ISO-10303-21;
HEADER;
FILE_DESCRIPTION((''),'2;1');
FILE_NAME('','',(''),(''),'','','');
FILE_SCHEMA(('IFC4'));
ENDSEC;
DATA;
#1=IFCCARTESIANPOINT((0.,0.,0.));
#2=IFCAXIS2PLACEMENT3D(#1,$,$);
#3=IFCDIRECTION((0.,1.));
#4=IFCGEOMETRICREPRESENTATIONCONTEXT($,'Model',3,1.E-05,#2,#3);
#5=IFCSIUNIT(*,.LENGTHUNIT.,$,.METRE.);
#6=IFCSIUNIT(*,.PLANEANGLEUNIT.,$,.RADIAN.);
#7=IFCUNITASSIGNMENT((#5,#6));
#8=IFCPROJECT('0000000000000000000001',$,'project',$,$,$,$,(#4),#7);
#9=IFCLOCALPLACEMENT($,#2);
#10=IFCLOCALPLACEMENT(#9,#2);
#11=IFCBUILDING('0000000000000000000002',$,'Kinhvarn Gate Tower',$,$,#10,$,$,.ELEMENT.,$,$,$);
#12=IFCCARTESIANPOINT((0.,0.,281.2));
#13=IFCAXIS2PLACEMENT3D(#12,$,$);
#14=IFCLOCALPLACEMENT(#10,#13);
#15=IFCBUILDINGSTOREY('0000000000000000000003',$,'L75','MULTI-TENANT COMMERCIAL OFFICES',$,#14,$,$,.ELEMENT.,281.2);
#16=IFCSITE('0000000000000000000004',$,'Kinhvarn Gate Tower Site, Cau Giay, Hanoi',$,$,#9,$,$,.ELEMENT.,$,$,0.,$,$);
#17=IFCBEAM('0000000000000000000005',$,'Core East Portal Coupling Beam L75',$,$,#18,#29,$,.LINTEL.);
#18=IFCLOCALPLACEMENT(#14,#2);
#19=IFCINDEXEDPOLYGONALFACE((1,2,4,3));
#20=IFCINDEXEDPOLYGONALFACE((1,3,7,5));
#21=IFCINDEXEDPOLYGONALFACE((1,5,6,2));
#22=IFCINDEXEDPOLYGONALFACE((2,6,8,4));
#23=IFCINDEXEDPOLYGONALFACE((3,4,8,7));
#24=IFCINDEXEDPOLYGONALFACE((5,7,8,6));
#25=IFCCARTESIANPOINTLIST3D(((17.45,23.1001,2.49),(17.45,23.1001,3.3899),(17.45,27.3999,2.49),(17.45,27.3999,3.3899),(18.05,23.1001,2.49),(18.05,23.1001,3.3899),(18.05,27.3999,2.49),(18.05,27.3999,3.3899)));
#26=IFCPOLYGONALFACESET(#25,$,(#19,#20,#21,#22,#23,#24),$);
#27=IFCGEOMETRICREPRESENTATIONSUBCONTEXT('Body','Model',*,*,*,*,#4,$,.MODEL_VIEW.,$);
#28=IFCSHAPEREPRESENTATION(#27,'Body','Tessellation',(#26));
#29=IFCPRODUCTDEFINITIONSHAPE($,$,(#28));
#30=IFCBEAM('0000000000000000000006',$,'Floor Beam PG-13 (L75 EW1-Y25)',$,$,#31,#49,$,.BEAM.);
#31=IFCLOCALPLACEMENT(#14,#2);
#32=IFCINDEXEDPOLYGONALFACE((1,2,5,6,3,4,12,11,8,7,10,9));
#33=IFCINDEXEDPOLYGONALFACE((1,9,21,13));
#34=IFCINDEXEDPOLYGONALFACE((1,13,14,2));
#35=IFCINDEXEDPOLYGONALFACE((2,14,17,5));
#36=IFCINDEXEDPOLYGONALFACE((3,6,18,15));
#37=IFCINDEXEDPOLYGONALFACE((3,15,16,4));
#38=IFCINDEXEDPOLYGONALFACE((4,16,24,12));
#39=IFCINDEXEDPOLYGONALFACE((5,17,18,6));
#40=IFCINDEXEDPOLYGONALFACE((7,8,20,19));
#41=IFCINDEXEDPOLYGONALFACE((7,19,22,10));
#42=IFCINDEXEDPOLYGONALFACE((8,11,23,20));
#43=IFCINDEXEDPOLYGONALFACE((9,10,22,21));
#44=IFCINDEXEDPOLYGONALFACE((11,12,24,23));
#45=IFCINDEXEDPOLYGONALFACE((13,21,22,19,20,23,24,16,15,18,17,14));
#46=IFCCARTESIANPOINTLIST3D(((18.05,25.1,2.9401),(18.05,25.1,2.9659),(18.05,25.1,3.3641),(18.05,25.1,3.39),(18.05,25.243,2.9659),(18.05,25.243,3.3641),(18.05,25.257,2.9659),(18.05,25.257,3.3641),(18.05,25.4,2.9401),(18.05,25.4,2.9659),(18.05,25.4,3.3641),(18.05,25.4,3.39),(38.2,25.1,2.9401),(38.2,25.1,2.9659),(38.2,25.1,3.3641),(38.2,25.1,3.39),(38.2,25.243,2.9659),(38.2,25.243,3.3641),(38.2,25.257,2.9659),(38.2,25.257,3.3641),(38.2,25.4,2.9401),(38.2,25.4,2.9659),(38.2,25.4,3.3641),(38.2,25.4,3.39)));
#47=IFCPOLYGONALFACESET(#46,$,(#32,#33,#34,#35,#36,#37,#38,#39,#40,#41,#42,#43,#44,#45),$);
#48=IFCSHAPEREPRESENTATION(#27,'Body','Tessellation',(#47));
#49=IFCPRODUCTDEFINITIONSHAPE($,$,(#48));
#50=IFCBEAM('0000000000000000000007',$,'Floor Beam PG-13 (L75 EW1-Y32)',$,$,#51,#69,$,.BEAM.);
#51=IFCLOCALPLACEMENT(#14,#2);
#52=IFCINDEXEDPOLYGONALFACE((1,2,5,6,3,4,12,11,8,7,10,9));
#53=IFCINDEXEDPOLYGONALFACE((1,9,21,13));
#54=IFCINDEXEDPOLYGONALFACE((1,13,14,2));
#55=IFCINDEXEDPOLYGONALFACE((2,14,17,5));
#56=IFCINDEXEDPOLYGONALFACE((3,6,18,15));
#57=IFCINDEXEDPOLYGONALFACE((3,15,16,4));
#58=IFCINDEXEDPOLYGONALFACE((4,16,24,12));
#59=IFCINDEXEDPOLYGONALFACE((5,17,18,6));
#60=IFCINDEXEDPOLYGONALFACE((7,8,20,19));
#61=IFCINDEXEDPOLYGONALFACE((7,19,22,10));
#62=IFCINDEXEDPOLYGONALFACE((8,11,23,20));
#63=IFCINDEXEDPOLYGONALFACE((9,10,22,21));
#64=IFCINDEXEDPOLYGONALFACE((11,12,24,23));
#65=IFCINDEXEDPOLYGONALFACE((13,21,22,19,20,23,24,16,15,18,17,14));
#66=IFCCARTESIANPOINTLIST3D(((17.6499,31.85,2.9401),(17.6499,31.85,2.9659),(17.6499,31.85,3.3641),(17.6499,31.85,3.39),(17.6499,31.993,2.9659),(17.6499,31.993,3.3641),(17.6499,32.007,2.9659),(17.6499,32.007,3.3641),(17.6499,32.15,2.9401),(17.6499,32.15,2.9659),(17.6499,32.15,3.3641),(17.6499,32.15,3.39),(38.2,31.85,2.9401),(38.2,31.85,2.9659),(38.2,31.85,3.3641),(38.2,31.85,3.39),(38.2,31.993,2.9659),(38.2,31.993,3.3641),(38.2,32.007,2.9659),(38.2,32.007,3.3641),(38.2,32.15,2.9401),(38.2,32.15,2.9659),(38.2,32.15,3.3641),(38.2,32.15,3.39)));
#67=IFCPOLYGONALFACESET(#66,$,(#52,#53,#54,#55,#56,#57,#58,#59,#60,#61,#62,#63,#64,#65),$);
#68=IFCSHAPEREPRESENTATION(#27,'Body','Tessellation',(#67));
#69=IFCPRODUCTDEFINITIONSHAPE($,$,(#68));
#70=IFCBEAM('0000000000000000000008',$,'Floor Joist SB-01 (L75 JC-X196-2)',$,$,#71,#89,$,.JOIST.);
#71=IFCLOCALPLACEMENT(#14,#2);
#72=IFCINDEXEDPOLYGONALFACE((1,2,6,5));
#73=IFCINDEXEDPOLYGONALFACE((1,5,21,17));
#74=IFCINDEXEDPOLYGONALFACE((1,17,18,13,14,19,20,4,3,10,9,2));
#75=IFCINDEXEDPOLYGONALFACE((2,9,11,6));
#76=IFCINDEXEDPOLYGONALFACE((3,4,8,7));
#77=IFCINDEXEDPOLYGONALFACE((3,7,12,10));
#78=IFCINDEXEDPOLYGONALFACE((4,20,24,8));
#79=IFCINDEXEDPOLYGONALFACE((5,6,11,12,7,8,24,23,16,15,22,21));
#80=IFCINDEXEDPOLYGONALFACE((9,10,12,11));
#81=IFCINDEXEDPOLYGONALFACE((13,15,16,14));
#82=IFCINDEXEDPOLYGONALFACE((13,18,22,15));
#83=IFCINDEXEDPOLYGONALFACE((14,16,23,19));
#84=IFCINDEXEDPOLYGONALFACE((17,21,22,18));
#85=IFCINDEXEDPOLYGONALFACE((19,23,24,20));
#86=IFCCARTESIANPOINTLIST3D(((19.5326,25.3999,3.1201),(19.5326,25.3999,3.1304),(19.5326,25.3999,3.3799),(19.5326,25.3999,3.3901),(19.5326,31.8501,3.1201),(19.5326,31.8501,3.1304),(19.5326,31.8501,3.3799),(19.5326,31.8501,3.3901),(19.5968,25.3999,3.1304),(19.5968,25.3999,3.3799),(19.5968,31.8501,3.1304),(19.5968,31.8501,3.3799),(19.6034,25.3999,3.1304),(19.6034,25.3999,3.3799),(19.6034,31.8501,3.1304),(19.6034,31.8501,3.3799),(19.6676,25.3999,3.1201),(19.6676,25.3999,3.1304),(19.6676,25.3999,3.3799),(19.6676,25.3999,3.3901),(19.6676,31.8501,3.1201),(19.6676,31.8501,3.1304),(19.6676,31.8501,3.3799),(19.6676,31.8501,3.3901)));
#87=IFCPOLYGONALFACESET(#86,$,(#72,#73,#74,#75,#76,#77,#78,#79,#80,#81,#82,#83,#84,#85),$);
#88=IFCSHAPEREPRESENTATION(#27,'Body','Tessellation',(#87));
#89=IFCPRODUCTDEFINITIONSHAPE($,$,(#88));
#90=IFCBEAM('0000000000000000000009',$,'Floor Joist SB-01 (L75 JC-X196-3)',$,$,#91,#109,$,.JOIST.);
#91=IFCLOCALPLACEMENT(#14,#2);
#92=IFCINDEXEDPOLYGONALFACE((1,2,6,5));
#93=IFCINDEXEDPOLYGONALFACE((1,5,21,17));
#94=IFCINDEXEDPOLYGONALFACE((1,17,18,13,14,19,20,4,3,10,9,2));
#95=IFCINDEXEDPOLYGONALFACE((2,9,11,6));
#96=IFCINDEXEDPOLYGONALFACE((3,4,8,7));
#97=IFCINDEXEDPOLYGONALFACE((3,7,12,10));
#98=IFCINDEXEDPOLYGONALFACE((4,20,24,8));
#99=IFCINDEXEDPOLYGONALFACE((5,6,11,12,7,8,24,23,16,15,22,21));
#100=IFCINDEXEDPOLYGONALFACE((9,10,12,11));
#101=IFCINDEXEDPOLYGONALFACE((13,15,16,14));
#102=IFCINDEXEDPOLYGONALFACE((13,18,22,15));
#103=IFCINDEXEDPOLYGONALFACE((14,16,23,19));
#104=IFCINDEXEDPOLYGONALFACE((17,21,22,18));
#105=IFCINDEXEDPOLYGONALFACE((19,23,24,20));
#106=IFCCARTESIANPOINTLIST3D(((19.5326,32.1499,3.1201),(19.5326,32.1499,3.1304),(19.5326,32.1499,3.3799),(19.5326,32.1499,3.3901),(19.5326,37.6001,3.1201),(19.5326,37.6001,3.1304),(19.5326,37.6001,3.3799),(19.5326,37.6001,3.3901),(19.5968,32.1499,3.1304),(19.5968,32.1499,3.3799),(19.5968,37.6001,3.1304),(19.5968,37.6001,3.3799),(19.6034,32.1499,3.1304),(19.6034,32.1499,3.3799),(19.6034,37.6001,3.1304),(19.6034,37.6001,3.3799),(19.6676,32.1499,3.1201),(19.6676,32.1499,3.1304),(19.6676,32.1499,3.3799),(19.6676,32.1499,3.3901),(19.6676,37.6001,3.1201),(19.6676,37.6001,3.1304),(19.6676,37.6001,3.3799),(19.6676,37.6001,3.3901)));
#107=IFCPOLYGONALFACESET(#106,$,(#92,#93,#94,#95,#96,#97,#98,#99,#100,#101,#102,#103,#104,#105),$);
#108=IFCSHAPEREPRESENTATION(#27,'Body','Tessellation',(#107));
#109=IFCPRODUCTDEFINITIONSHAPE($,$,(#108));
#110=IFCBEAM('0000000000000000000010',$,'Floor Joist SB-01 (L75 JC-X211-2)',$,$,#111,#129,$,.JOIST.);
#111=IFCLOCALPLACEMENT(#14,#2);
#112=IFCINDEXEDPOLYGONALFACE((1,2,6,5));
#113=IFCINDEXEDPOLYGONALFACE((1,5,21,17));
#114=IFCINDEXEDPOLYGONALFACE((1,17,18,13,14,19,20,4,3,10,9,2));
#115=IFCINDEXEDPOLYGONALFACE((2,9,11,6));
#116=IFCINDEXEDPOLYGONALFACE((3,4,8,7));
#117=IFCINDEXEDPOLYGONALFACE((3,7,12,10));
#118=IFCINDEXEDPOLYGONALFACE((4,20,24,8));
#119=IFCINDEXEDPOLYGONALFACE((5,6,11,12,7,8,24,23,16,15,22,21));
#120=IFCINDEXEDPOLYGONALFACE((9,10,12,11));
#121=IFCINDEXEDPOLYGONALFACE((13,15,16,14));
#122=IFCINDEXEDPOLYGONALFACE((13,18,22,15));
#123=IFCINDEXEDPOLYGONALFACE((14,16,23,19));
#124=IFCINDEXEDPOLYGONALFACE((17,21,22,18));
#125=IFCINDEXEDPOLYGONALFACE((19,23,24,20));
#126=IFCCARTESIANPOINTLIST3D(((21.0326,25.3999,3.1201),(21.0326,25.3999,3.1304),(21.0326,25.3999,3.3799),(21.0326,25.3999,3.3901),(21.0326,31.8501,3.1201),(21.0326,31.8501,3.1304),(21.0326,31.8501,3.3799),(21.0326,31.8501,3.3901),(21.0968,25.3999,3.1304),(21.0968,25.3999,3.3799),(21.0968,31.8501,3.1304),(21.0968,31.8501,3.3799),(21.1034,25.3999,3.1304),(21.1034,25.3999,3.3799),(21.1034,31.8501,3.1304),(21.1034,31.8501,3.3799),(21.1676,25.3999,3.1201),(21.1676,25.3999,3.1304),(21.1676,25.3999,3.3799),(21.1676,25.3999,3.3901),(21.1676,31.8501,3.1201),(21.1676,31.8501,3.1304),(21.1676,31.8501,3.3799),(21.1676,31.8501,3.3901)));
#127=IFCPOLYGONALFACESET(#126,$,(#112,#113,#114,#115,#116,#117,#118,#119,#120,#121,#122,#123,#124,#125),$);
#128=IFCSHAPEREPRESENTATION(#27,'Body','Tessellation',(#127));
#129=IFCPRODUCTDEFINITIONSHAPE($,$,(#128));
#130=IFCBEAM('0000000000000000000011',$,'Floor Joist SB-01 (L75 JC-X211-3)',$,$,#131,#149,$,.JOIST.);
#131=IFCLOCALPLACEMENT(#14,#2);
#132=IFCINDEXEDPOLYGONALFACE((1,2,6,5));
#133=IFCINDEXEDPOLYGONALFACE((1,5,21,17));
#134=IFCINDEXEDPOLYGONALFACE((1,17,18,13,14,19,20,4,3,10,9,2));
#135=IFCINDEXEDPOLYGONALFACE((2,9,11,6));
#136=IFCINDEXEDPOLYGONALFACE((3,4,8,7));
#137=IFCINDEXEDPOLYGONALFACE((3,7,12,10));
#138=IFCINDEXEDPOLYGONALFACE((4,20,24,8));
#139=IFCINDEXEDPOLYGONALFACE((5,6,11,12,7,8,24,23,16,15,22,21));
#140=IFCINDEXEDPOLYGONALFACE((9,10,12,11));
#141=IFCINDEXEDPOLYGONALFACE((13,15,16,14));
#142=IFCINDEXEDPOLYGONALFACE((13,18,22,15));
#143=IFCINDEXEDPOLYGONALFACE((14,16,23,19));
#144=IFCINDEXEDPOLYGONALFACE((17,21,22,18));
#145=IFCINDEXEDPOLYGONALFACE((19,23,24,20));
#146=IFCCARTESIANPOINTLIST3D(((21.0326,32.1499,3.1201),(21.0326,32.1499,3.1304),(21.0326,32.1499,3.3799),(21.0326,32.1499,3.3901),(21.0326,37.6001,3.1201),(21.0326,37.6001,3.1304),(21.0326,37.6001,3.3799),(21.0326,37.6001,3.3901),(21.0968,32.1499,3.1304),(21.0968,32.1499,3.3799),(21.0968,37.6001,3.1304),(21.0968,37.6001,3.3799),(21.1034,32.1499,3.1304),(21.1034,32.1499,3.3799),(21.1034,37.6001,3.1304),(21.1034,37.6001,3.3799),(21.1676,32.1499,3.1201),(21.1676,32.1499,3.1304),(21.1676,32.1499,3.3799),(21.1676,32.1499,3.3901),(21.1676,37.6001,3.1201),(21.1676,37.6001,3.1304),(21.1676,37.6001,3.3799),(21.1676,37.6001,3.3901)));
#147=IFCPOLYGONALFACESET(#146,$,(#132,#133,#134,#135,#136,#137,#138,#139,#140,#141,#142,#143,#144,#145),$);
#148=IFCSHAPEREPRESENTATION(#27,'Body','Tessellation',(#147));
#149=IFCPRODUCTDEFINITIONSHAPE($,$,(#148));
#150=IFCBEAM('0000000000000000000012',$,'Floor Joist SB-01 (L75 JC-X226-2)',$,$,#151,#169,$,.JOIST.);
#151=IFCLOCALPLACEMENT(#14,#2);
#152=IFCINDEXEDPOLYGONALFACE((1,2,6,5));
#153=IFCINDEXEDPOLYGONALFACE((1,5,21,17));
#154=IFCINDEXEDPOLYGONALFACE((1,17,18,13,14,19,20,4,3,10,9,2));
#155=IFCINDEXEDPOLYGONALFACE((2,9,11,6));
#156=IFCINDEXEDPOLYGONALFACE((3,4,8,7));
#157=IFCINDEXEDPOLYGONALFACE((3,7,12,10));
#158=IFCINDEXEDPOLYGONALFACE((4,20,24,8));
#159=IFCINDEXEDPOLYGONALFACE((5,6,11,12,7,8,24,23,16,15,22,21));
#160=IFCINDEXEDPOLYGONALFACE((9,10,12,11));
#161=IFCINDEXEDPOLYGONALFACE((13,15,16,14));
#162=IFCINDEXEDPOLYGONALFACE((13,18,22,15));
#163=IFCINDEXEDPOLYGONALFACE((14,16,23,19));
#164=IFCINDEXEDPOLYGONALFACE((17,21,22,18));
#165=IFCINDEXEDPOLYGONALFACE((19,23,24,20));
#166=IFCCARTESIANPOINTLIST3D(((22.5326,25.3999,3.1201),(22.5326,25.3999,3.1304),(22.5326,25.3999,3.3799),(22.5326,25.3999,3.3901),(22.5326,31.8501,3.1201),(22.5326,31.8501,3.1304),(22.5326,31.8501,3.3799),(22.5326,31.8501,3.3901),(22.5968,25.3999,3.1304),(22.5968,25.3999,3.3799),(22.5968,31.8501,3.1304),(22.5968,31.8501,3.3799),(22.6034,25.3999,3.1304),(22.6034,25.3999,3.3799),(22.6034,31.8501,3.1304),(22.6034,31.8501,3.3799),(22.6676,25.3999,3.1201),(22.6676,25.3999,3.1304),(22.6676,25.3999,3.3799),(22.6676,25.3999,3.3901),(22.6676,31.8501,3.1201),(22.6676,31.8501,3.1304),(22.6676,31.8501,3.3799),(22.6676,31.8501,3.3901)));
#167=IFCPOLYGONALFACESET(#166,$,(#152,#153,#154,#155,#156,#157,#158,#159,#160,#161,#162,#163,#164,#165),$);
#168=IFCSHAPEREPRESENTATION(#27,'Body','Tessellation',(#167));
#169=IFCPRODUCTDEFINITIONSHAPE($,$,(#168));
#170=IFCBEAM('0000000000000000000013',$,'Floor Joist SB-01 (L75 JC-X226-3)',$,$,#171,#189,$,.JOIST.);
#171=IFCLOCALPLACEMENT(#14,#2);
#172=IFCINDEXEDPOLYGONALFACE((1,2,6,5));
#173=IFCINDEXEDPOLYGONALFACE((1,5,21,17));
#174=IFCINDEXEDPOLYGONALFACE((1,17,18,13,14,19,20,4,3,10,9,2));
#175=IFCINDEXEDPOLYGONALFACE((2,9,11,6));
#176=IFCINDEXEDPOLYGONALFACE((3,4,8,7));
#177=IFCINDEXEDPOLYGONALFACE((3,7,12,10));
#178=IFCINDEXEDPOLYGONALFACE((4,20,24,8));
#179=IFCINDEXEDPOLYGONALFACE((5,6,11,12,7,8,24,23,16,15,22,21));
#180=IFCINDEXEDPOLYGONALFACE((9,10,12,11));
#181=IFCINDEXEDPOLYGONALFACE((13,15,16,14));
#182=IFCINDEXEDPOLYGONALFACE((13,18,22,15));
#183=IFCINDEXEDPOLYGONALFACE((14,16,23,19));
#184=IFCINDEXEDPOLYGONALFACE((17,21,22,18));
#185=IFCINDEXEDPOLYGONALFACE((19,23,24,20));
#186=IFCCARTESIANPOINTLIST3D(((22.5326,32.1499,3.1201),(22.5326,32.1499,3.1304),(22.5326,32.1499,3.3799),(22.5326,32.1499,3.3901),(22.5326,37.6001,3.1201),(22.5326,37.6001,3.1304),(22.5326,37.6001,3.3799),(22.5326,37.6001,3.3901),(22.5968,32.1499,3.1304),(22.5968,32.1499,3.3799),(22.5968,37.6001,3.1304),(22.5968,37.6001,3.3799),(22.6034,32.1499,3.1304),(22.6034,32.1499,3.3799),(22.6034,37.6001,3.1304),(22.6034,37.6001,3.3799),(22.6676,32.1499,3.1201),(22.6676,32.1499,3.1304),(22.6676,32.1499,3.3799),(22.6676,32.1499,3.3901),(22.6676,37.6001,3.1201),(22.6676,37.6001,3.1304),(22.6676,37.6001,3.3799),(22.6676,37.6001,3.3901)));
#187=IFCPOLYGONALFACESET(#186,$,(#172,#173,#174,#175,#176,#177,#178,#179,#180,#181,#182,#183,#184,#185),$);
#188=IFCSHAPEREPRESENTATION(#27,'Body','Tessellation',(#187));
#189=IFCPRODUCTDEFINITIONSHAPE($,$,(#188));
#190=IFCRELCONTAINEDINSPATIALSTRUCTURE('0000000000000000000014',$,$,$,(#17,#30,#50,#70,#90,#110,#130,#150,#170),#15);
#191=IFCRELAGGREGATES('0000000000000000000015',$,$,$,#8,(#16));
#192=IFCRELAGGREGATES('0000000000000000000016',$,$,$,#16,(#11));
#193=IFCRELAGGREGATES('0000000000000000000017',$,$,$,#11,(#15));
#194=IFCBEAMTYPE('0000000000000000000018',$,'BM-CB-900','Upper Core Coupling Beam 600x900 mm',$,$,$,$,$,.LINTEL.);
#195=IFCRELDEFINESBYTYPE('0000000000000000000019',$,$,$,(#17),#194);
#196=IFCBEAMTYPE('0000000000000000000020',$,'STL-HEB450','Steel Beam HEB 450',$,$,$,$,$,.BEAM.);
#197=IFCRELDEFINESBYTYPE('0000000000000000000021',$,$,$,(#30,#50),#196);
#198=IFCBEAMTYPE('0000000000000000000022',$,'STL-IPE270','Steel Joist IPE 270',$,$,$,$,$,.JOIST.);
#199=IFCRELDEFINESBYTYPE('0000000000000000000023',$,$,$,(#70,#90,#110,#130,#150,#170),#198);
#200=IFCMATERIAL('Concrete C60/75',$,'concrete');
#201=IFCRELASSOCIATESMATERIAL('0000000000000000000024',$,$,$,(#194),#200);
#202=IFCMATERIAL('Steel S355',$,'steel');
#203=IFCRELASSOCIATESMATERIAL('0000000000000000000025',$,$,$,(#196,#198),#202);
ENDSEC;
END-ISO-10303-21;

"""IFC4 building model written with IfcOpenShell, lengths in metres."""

from ifc_helpers import new_model, si_unit, direction, frame, origin, origin_2d, place, context, subcontext, project, spatial, rectangle, i_section, extrude, material, material_profile, profile_set, type_object, element, save


model = new_model("IFC4")

# Units and contexts
model_context = context("Model", 3, precision=1e-05, world=origin(), true_north=direction((0.0, 1.0)))
body_context = subcontext(model_context, "Body", "Model", "MODEL_VIEW")
ifc_project = project(units=[si_unit("LENGTHUNIT", "METRE"), si_unit("PLANEANGLEUNIT", "RADIAN")], contexts=[model_context])

# Site, building, storey
site_placement = place(None, origin())
site = spatial("IfcSite", under=ifc_project, at=site_placement, Name="Kinhvarn Gate Tower Site, Cau Giay, Hanoi", CompositionType="ELEMENT", RefElevation=0.0)
building_placement = place(site_placement, origin())
building = spatial("IfcBuilding", under=site, at=building_placement, Name="Kinhvarn Gate Tower", CompositionType="ELEMENT")
storey_placement = place(building_placement, frame((0.0, 0.0, 281.2)))
storey = spatial("IfcBuildingStorey", under=building, at=storey_placement, Name="L75", Description="MULTI-TENANT COMMERCIAL OFFICES", CompositionType="ELEMENT", Elevation=281.2)

# Beams
ifc_material_1 = material(Name="Concrete C60/75", Category="concrete")
ifc_material_profile_1 = material_profile(ifc_material_1, rectangle(XDim=0.6001, YDim=0.8999, at=origin_2d()), Name="RC 600x900")
ifc_profile_set_1 = profile_set([ifc_material_profile_1], Name="Concrete C60/75")
beam_type_1 = type_object("IfcBeamType", Name="BM-CB-900", Description="Upper Core Coupling Beam 600x900 mm", PredefinedType="LINTEL", material=ifc_profile_set_1)
beam_1_placement = place(storey_placement, frame((17.75, 23.1001, 2.9399), z_axis=(0.0, 1.0, 0.0), x_axis=(-1.0, 0.0, 0.0)))
element("IfcBeam", 1, at=beam_1_placement, inside=storey, type_object=beam_type_1, Name="Core East Portal Coupling Beam L75", PredefinedType="LINTEL", context=body_context, shape_type="SweptSolid", body=[
    extrude(rectangle(XDim=0.6001, YDim=0.8999, at=origin_2d()), origin(), (0.0, 0.0, 1.0), 4.2998),
])
ifc_material_2 = material(Name="Steel S355", Category="steel")
ifc_material_profile_2 = material_profile(ifc_material_2, i_section(OverallWidth=0.3, OverallDepth=0.45, WebThickness=0.0139, FlangeThickness=0.0259, at=origin_2d()), Name="HEB 450")
ifc_profile_set_2 = profile_set([ifc_material_profile_2], Name="Steel S355")
beam_type_2 = type_object("IfcBeamType", Name="STL-HEB450", Description="Steel Beam HEB 450", PredefinedType="BEAM", material=ifc_profile_set_2)
beam_2_placement = place(storey_placement, frame((18.05, 25.25, 3.165), z_axis=(1.0, 0.0, 0.0), x_axis=(0.0, 1.0, 0.0)))
element("IfcBeam", 2, at=beam_2_placement, inside=storey, type_object=beam_type_2, Name="Floor Beam PG-13 (L75 EW1-Y25)", PredefinedType="BEAM", context=body_context, shape_type="SweptSolid", body=[
    extrude(i_section(OverallWidth=0.3, OverallDepth=0.45, WebThickness=0.0139, FlangeThickness=0.0259, at=origin_2d()), origin(), (0.0, 0.0, 1.0), 20.1499),
])
beam_3_placement = place(storey_placement, frame((17.6499, 32.0, 3.165), z_axis=(1.0, 0.0, 0.0), x_axis=(0.0, 1.0, 0.0)))
element("IfcBeam", 3, at=beam_3_placement, inside=storey, type_object=beam_type_2, Name="Floor Beam PG-13 (L75 EW1-Y32)", PredefinedType="BEAM", context=body_context, shape_type="SweptSolid", body=[
    extrude(i_section(OverallWidth=0.3, OverallDepth=0.45, WebThickness=0.0139, FlangeThickness=0.0259, at=origin_2d()), origin(), (0.0, 0.0, 1.0), 20.55),
])
ifc_material_profile_3 = material_profile(ifc_material_2, i_section(OverallWidth=0.135, OverallDepth=0.27, WebThickness=0.0066, FlangeThickness=0.0103, at=origin_2d()), Name="IPE 270")
ifc_profile_set_3 = profile_set([ifc_material_profile_3], Name="Steel S355")
beam_type_3 = type_object("IfcBeamType", Name="STL-IPE270", Description="Steel Joist IPE 270", PredefinedType="JOIST", material=ifc_profile_set_3)
beam_4_placement = place(storey_placement, frame((19.6001, 25.3999, 3.2551), z_axis=(0.0, 1.0, 0.0), x_axis=(-1.0, 0.0, 0.0)))
element("IfcBeam", 4, at=beam_4_placement, inside=storey, type_object=beam_type_3, Name="Floor Joist SB-01 (L75 JC-X196-2)", PredefinedType="JOIST", context=body_context, shape_type="SweptSolid", body=[
    extrude(i_section(OverallWidth=0.135, OverallDepth=0.27, WebThickness=0.0066, FlangeThickness=0.0103, at=origin_2d()), origin(), (0.0, 0.0, 1.0), 6.4502),
])
beam_5_placement = place(storey_placement, frame((19.6001, 32.1499, 3.2551), z_axis=(0.0, 1.0, 0.0), x_axis=(-1.0, 0.0, 0.0)))
element("IfcBeam", 5, at=beam_5_placement, inside=storey, type_object=beam_type_3, Name="Floor Joist SB-01 (L75 JC-X196-3)", PredefinedType="JOIST", context=body_context, shape_type="SweptSolid", body=[
    extrude(i_section(OverallWidth=0.135, OverallDepth=0.27, WebThickness=0.0066, FlangeThickness=0.0103, at=origin_2d()), origin(), (0.0, 0.0, 1.0), 5.4502),
])
beam_6_placement = place(storey_placement, frame((21.1001, 25.3999, 3.2551), z_axis=(0.0, 1.0, 0.0), x_axis=(-1.0, 0.0, 0.0)))
element("IfcBeam", 6, at=beam_6_placement, inside=storey, type_object=beam_type_3, Name="Floor Joist SB-01 (L75 JC-X211-2)", PredefinedType="JOIST", context=body_context, shape_type="SweptSolid", body=[
    extrude(i_section(OverallWidth=0.135, OverallDepth=0.27, WebThickness=0.0066, FlangeThickness=0.0103, at=origin_2d()), origin(), (0.0, 0.0, 1.0), 6.4502),
])
beam_7_placement = place(storey_placement, frame((21.1001, 32.1499, 3.2551), z_axis=(0.0, 1.0, 0.0), x_axis=(-1.0, 0.0, 0.0)))
element("IfcBeam", 7, at=beam_7_placement, inside=storey, type_object=beam_type_3, Name="Floor Joist SB-01 (L75 JC-X211-3)", PredefinedType="JOIST", context=body_context, shape_type="SweptSolid", body=[
    extrude(i_section(OverallWidth=0.135, OverallDepth=0.27, WebThickness=0.0066, FlangeThickness=0.0103, at=origin_2d()), origin(), (0.0, 0.0, 1.0), 5.4502),
])
beam_8_placement = place(storey_placement, frame((22.6001, 25.3999, 3.2551), z_axis=(0.0, 1.0, 0.0), x_axis=(-1.0, 0.0, 0.0)))
element("IfcBeam", 8, at=beam_8_placement, inside=storey, type_object=beam_type_3, Name="Floor Joist SB-01 (L75 JC-X226-2)", PredefinedType="JOIST", context=body_context, shape_type="SweptSolid", body=[
    extrude(i_section(OverallWidth=0.135, OverallDepth=0.27, WebThickness=0.0066, FlangeThickness=0.0103, at=origin_2d()), origin(), (0.0, 0.0, 1.0), 6.4502),
])
beam_9_placement = place(storey_placement, frame((22.6001, 32.1499, 3.2551), z_axis=(0.0, 1.0, 0.0), x_axis=(-1.0, 0.0, 0.0)))
element("IfcBeam", 9, at=beam_9_placement, inside=storey, type_object=beam_type_3, Name="Floor Joist SB-01 (L75 JC-X226-3)", PredefinedType="JOIST", context=body_context, shape_type="SweptSolid", body=[
    extrude(i_section(OverallWidth=0.135, OverallDepth=0.27, WebThickness=0.0066, FlangeThickness=0.0103, at=origin_2d()), origin(), (0.0, 0.0, 1.0), 5.4502),
])

save(model, "model.ifc")
